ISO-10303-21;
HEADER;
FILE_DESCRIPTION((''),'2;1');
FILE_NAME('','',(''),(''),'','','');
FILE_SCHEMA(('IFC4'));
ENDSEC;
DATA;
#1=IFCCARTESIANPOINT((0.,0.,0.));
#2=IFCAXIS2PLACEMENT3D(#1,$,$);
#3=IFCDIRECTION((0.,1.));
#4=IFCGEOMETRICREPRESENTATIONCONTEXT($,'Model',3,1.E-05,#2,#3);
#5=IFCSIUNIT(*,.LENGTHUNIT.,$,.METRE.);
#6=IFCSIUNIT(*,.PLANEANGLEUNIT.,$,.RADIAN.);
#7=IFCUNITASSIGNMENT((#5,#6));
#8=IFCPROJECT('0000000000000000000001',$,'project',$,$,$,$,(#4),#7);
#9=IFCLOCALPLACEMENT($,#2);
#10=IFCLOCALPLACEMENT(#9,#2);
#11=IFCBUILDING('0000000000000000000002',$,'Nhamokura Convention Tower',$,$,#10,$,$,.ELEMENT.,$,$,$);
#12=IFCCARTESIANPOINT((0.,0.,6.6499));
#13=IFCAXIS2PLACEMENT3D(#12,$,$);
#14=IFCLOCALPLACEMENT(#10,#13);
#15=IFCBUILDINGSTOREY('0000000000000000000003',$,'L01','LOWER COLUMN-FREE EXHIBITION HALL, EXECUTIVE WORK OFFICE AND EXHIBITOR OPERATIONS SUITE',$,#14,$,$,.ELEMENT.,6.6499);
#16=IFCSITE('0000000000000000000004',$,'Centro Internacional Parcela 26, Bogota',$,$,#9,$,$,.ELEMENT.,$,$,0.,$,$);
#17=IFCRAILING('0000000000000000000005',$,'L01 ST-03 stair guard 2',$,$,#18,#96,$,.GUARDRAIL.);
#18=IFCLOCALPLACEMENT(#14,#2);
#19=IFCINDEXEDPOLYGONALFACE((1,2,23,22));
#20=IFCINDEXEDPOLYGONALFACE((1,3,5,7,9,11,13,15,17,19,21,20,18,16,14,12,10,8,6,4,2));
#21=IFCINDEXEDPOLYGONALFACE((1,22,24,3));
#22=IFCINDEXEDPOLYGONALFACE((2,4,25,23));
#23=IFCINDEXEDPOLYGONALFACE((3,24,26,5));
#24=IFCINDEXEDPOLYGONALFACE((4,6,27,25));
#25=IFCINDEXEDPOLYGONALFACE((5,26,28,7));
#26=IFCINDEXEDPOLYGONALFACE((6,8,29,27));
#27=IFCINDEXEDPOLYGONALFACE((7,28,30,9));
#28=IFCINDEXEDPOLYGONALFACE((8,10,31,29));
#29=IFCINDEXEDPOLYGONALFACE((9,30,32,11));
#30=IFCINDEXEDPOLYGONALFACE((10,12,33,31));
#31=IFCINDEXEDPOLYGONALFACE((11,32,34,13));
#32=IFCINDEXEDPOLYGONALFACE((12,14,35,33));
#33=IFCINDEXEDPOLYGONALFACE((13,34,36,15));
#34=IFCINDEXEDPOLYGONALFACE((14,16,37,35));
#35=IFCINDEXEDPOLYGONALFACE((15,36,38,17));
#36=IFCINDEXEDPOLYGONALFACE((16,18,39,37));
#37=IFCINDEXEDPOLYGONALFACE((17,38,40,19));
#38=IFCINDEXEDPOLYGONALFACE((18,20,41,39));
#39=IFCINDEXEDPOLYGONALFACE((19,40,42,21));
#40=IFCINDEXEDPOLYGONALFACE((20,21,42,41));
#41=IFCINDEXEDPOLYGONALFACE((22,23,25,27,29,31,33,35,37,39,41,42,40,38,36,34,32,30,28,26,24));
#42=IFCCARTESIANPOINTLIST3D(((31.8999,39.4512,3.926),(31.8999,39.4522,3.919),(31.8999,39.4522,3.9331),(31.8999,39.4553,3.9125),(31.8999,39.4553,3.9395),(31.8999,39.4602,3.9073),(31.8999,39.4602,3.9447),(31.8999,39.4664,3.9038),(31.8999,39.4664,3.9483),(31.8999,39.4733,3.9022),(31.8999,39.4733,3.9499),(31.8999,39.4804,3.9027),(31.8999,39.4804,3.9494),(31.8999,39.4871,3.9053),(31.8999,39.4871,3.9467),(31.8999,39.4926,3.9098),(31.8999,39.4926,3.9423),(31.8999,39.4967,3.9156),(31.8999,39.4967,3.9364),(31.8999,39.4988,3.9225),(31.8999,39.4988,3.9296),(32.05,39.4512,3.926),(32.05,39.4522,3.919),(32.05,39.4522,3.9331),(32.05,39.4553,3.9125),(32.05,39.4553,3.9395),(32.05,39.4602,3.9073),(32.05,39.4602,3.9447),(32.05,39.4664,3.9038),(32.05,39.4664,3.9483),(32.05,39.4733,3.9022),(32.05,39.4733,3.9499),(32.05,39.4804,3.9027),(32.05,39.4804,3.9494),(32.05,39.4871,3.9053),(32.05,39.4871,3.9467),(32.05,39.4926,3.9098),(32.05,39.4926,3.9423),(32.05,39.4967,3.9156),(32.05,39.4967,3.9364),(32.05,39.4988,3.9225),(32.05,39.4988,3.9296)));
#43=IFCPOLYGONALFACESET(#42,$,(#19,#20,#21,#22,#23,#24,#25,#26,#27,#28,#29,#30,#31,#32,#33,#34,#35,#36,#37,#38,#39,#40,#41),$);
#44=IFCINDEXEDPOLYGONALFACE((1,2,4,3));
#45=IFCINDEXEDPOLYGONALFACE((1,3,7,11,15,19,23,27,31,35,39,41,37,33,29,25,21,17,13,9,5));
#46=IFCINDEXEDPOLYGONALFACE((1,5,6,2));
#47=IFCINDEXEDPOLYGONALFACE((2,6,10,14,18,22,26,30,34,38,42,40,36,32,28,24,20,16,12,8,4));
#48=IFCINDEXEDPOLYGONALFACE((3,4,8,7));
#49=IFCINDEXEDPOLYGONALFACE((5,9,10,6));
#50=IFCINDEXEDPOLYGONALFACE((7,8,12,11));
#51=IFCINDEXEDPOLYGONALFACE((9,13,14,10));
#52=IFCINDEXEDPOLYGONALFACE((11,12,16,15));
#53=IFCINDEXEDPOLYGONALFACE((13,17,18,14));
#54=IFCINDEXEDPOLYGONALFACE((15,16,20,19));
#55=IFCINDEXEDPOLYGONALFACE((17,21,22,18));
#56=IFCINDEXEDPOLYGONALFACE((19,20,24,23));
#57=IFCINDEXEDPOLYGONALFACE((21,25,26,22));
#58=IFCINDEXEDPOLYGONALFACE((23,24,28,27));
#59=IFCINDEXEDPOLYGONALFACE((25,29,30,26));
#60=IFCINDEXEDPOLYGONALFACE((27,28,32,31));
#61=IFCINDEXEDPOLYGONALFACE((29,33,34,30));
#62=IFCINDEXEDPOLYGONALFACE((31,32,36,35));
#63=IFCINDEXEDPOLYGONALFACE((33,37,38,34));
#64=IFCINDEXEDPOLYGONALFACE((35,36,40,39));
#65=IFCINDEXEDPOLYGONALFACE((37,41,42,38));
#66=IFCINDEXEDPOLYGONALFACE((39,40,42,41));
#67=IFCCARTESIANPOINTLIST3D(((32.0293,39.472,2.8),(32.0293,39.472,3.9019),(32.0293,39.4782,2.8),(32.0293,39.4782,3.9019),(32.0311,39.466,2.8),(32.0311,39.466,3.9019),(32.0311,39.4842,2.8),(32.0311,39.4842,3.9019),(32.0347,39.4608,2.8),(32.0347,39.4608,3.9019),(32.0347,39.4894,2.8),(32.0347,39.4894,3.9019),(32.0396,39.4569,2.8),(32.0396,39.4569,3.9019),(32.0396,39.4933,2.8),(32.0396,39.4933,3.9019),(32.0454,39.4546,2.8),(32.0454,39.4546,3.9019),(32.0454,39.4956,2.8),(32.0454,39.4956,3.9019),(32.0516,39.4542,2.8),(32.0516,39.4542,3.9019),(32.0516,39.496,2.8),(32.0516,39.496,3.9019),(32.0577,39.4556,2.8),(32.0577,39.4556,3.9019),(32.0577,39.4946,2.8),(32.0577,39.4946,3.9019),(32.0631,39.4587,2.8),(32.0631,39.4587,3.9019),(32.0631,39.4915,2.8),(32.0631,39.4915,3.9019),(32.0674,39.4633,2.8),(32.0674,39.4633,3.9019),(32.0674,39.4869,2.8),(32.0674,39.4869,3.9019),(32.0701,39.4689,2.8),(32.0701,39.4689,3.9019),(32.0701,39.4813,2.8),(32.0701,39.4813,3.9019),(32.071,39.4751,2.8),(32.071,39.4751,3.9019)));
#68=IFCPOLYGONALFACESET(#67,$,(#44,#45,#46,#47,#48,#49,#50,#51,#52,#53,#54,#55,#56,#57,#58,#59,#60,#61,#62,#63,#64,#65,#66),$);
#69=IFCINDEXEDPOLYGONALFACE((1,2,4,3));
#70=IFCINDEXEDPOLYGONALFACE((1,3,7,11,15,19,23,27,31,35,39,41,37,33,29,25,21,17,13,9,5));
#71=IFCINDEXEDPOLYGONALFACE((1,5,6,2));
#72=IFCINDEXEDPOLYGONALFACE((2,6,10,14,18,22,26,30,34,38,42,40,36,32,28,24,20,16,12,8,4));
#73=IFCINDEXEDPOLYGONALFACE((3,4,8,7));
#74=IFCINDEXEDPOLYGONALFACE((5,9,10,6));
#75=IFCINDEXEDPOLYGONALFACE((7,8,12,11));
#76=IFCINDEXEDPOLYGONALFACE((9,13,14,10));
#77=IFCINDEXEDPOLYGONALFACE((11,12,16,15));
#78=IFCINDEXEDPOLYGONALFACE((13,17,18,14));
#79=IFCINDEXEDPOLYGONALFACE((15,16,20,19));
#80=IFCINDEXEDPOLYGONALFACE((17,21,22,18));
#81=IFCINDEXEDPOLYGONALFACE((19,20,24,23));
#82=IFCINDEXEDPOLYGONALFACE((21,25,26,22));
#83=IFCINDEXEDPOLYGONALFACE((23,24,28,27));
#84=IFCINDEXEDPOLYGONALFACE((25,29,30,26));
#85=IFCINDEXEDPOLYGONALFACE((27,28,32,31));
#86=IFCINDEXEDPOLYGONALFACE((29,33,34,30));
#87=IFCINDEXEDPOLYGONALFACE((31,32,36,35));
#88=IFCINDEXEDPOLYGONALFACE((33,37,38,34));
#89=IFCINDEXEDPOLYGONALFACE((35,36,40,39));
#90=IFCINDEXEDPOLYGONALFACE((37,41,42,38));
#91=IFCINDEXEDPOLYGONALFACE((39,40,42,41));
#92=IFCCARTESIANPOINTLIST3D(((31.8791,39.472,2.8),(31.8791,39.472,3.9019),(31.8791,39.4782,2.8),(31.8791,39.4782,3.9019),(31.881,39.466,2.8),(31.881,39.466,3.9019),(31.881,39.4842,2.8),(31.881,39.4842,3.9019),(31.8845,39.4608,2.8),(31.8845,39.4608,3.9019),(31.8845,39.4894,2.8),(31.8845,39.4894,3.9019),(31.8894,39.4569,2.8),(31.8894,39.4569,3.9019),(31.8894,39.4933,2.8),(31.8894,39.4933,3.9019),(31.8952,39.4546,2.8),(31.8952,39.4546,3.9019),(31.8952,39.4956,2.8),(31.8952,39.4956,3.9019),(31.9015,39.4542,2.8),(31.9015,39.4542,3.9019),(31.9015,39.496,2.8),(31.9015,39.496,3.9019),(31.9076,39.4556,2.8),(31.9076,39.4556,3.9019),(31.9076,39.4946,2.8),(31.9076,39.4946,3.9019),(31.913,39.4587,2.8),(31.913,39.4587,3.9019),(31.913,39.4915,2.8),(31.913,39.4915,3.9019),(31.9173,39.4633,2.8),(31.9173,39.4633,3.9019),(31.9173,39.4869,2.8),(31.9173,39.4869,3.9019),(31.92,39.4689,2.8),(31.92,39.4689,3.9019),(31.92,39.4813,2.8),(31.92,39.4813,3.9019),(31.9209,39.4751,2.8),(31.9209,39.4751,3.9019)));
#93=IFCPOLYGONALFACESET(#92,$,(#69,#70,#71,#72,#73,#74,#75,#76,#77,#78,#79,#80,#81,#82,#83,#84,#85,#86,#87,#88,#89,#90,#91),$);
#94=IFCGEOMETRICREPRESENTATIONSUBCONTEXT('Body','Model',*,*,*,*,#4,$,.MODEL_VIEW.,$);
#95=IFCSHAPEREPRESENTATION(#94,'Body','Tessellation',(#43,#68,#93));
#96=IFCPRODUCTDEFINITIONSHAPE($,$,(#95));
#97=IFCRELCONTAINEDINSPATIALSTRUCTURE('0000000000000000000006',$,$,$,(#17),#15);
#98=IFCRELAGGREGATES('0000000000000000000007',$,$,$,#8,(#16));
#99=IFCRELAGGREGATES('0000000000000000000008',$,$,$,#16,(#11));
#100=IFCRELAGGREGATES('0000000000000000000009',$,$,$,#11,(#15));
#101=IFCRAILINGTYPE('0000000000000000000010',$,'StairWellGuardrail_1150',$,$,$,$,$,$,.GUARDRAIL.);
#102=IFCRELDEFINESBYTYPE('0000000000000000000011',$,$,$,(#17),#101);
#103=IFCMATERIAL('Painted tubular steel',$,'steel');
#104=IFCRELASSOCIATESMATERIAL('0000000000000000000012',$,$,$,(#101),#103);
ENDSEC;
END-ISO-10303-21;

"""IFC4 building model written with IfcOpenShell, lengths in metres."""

from ifc_helpers import new_model, si_unit, direction, frame, origin, origin_2d, place, context, subcontext, project, spatial, circle, extrude, material, type_object, element, save


model = new_model("IFC4")

# Units and contexts
model_context = context("Model", 3, precision=1e-05, world=origin(), true_north=direction((0.0, 1.0)))
body_context = subcontext(model_context, "Body", "Model", "MODEL_VIEW")
ifc_project = project(units=[si_unit("LENGTHUNIT", "METRE"), si_unit("PLANEANGLEUNIT", "RADIAN")], contexts=[model_context])

# Site, building, storey
site_placement = place(None, origin())
site = spatial("IfcSite", under=ifc_project, at=site_placement, Name="Centro Internacional Parcela 26, Bogota", CompositionType="ELEMENT", RefElevation=0.0)
building_placement = place(site_placement, origin())
building = spatial("IfcBuilding", under=site, at=building_placement, Name="Nhamokura Convention Tower", CompositionType="ELEMENT")
storey_placement = place(building_placement, frame((0.0, 0.0, 6.6499)))
storey = spatial("IfcBuildingStorey", under=building, at=storey_placement, Name="L01", Description="LOWER COLUMN-FREE EXHIBITION HALL, EXECUTIVE WORK OFFICE AND EXHIBITOR OPERATIONS SUITE", CompositionType="ELEMENT", Elevation=6.6499)

# Railing
ifc_material_1 = material(Name="Painted tubular steel", Category="steel")
railing_type_1 = type_object("IfcRailingType", Name="StairWellGuardrail_1150", PredefinedType="GUARDRAIL", material=ifc_material_1)
railing_1_placement = place(storey_placement, frame((32.05, 39.4751, 2.8)))
element("IfcRailing", 1, at=railing_1_placement, inside=storey, type_object=railing_type_1, Name="L01 ST-03 stair guard 2", PredefinedType="GUARDRAIL", context=body_context, shape_type="SweptSolid", body=[
    extrude(circle(Radius=0.0239, at=origin_2d()), frame((0.0, 0.0, 1.126), z_axis=(-1.0, 0.0, 0.0), x_axis=(0.0, -1.0, 0.0)), (0.0, 0.0, 1.0), 0.1501),
    extrude(circle(Radius=0.021, at=origin_2d()), origin(), (0.0, 0.0, 1.0), 1.1018),
    extrude(circle(Radius=0.021, at=origin_2d()), frame((-0.1501, 0.0, 0.0)), (0.0, 0.0, 1.0), 1.1018),
])

save(model, "model.ifc")
